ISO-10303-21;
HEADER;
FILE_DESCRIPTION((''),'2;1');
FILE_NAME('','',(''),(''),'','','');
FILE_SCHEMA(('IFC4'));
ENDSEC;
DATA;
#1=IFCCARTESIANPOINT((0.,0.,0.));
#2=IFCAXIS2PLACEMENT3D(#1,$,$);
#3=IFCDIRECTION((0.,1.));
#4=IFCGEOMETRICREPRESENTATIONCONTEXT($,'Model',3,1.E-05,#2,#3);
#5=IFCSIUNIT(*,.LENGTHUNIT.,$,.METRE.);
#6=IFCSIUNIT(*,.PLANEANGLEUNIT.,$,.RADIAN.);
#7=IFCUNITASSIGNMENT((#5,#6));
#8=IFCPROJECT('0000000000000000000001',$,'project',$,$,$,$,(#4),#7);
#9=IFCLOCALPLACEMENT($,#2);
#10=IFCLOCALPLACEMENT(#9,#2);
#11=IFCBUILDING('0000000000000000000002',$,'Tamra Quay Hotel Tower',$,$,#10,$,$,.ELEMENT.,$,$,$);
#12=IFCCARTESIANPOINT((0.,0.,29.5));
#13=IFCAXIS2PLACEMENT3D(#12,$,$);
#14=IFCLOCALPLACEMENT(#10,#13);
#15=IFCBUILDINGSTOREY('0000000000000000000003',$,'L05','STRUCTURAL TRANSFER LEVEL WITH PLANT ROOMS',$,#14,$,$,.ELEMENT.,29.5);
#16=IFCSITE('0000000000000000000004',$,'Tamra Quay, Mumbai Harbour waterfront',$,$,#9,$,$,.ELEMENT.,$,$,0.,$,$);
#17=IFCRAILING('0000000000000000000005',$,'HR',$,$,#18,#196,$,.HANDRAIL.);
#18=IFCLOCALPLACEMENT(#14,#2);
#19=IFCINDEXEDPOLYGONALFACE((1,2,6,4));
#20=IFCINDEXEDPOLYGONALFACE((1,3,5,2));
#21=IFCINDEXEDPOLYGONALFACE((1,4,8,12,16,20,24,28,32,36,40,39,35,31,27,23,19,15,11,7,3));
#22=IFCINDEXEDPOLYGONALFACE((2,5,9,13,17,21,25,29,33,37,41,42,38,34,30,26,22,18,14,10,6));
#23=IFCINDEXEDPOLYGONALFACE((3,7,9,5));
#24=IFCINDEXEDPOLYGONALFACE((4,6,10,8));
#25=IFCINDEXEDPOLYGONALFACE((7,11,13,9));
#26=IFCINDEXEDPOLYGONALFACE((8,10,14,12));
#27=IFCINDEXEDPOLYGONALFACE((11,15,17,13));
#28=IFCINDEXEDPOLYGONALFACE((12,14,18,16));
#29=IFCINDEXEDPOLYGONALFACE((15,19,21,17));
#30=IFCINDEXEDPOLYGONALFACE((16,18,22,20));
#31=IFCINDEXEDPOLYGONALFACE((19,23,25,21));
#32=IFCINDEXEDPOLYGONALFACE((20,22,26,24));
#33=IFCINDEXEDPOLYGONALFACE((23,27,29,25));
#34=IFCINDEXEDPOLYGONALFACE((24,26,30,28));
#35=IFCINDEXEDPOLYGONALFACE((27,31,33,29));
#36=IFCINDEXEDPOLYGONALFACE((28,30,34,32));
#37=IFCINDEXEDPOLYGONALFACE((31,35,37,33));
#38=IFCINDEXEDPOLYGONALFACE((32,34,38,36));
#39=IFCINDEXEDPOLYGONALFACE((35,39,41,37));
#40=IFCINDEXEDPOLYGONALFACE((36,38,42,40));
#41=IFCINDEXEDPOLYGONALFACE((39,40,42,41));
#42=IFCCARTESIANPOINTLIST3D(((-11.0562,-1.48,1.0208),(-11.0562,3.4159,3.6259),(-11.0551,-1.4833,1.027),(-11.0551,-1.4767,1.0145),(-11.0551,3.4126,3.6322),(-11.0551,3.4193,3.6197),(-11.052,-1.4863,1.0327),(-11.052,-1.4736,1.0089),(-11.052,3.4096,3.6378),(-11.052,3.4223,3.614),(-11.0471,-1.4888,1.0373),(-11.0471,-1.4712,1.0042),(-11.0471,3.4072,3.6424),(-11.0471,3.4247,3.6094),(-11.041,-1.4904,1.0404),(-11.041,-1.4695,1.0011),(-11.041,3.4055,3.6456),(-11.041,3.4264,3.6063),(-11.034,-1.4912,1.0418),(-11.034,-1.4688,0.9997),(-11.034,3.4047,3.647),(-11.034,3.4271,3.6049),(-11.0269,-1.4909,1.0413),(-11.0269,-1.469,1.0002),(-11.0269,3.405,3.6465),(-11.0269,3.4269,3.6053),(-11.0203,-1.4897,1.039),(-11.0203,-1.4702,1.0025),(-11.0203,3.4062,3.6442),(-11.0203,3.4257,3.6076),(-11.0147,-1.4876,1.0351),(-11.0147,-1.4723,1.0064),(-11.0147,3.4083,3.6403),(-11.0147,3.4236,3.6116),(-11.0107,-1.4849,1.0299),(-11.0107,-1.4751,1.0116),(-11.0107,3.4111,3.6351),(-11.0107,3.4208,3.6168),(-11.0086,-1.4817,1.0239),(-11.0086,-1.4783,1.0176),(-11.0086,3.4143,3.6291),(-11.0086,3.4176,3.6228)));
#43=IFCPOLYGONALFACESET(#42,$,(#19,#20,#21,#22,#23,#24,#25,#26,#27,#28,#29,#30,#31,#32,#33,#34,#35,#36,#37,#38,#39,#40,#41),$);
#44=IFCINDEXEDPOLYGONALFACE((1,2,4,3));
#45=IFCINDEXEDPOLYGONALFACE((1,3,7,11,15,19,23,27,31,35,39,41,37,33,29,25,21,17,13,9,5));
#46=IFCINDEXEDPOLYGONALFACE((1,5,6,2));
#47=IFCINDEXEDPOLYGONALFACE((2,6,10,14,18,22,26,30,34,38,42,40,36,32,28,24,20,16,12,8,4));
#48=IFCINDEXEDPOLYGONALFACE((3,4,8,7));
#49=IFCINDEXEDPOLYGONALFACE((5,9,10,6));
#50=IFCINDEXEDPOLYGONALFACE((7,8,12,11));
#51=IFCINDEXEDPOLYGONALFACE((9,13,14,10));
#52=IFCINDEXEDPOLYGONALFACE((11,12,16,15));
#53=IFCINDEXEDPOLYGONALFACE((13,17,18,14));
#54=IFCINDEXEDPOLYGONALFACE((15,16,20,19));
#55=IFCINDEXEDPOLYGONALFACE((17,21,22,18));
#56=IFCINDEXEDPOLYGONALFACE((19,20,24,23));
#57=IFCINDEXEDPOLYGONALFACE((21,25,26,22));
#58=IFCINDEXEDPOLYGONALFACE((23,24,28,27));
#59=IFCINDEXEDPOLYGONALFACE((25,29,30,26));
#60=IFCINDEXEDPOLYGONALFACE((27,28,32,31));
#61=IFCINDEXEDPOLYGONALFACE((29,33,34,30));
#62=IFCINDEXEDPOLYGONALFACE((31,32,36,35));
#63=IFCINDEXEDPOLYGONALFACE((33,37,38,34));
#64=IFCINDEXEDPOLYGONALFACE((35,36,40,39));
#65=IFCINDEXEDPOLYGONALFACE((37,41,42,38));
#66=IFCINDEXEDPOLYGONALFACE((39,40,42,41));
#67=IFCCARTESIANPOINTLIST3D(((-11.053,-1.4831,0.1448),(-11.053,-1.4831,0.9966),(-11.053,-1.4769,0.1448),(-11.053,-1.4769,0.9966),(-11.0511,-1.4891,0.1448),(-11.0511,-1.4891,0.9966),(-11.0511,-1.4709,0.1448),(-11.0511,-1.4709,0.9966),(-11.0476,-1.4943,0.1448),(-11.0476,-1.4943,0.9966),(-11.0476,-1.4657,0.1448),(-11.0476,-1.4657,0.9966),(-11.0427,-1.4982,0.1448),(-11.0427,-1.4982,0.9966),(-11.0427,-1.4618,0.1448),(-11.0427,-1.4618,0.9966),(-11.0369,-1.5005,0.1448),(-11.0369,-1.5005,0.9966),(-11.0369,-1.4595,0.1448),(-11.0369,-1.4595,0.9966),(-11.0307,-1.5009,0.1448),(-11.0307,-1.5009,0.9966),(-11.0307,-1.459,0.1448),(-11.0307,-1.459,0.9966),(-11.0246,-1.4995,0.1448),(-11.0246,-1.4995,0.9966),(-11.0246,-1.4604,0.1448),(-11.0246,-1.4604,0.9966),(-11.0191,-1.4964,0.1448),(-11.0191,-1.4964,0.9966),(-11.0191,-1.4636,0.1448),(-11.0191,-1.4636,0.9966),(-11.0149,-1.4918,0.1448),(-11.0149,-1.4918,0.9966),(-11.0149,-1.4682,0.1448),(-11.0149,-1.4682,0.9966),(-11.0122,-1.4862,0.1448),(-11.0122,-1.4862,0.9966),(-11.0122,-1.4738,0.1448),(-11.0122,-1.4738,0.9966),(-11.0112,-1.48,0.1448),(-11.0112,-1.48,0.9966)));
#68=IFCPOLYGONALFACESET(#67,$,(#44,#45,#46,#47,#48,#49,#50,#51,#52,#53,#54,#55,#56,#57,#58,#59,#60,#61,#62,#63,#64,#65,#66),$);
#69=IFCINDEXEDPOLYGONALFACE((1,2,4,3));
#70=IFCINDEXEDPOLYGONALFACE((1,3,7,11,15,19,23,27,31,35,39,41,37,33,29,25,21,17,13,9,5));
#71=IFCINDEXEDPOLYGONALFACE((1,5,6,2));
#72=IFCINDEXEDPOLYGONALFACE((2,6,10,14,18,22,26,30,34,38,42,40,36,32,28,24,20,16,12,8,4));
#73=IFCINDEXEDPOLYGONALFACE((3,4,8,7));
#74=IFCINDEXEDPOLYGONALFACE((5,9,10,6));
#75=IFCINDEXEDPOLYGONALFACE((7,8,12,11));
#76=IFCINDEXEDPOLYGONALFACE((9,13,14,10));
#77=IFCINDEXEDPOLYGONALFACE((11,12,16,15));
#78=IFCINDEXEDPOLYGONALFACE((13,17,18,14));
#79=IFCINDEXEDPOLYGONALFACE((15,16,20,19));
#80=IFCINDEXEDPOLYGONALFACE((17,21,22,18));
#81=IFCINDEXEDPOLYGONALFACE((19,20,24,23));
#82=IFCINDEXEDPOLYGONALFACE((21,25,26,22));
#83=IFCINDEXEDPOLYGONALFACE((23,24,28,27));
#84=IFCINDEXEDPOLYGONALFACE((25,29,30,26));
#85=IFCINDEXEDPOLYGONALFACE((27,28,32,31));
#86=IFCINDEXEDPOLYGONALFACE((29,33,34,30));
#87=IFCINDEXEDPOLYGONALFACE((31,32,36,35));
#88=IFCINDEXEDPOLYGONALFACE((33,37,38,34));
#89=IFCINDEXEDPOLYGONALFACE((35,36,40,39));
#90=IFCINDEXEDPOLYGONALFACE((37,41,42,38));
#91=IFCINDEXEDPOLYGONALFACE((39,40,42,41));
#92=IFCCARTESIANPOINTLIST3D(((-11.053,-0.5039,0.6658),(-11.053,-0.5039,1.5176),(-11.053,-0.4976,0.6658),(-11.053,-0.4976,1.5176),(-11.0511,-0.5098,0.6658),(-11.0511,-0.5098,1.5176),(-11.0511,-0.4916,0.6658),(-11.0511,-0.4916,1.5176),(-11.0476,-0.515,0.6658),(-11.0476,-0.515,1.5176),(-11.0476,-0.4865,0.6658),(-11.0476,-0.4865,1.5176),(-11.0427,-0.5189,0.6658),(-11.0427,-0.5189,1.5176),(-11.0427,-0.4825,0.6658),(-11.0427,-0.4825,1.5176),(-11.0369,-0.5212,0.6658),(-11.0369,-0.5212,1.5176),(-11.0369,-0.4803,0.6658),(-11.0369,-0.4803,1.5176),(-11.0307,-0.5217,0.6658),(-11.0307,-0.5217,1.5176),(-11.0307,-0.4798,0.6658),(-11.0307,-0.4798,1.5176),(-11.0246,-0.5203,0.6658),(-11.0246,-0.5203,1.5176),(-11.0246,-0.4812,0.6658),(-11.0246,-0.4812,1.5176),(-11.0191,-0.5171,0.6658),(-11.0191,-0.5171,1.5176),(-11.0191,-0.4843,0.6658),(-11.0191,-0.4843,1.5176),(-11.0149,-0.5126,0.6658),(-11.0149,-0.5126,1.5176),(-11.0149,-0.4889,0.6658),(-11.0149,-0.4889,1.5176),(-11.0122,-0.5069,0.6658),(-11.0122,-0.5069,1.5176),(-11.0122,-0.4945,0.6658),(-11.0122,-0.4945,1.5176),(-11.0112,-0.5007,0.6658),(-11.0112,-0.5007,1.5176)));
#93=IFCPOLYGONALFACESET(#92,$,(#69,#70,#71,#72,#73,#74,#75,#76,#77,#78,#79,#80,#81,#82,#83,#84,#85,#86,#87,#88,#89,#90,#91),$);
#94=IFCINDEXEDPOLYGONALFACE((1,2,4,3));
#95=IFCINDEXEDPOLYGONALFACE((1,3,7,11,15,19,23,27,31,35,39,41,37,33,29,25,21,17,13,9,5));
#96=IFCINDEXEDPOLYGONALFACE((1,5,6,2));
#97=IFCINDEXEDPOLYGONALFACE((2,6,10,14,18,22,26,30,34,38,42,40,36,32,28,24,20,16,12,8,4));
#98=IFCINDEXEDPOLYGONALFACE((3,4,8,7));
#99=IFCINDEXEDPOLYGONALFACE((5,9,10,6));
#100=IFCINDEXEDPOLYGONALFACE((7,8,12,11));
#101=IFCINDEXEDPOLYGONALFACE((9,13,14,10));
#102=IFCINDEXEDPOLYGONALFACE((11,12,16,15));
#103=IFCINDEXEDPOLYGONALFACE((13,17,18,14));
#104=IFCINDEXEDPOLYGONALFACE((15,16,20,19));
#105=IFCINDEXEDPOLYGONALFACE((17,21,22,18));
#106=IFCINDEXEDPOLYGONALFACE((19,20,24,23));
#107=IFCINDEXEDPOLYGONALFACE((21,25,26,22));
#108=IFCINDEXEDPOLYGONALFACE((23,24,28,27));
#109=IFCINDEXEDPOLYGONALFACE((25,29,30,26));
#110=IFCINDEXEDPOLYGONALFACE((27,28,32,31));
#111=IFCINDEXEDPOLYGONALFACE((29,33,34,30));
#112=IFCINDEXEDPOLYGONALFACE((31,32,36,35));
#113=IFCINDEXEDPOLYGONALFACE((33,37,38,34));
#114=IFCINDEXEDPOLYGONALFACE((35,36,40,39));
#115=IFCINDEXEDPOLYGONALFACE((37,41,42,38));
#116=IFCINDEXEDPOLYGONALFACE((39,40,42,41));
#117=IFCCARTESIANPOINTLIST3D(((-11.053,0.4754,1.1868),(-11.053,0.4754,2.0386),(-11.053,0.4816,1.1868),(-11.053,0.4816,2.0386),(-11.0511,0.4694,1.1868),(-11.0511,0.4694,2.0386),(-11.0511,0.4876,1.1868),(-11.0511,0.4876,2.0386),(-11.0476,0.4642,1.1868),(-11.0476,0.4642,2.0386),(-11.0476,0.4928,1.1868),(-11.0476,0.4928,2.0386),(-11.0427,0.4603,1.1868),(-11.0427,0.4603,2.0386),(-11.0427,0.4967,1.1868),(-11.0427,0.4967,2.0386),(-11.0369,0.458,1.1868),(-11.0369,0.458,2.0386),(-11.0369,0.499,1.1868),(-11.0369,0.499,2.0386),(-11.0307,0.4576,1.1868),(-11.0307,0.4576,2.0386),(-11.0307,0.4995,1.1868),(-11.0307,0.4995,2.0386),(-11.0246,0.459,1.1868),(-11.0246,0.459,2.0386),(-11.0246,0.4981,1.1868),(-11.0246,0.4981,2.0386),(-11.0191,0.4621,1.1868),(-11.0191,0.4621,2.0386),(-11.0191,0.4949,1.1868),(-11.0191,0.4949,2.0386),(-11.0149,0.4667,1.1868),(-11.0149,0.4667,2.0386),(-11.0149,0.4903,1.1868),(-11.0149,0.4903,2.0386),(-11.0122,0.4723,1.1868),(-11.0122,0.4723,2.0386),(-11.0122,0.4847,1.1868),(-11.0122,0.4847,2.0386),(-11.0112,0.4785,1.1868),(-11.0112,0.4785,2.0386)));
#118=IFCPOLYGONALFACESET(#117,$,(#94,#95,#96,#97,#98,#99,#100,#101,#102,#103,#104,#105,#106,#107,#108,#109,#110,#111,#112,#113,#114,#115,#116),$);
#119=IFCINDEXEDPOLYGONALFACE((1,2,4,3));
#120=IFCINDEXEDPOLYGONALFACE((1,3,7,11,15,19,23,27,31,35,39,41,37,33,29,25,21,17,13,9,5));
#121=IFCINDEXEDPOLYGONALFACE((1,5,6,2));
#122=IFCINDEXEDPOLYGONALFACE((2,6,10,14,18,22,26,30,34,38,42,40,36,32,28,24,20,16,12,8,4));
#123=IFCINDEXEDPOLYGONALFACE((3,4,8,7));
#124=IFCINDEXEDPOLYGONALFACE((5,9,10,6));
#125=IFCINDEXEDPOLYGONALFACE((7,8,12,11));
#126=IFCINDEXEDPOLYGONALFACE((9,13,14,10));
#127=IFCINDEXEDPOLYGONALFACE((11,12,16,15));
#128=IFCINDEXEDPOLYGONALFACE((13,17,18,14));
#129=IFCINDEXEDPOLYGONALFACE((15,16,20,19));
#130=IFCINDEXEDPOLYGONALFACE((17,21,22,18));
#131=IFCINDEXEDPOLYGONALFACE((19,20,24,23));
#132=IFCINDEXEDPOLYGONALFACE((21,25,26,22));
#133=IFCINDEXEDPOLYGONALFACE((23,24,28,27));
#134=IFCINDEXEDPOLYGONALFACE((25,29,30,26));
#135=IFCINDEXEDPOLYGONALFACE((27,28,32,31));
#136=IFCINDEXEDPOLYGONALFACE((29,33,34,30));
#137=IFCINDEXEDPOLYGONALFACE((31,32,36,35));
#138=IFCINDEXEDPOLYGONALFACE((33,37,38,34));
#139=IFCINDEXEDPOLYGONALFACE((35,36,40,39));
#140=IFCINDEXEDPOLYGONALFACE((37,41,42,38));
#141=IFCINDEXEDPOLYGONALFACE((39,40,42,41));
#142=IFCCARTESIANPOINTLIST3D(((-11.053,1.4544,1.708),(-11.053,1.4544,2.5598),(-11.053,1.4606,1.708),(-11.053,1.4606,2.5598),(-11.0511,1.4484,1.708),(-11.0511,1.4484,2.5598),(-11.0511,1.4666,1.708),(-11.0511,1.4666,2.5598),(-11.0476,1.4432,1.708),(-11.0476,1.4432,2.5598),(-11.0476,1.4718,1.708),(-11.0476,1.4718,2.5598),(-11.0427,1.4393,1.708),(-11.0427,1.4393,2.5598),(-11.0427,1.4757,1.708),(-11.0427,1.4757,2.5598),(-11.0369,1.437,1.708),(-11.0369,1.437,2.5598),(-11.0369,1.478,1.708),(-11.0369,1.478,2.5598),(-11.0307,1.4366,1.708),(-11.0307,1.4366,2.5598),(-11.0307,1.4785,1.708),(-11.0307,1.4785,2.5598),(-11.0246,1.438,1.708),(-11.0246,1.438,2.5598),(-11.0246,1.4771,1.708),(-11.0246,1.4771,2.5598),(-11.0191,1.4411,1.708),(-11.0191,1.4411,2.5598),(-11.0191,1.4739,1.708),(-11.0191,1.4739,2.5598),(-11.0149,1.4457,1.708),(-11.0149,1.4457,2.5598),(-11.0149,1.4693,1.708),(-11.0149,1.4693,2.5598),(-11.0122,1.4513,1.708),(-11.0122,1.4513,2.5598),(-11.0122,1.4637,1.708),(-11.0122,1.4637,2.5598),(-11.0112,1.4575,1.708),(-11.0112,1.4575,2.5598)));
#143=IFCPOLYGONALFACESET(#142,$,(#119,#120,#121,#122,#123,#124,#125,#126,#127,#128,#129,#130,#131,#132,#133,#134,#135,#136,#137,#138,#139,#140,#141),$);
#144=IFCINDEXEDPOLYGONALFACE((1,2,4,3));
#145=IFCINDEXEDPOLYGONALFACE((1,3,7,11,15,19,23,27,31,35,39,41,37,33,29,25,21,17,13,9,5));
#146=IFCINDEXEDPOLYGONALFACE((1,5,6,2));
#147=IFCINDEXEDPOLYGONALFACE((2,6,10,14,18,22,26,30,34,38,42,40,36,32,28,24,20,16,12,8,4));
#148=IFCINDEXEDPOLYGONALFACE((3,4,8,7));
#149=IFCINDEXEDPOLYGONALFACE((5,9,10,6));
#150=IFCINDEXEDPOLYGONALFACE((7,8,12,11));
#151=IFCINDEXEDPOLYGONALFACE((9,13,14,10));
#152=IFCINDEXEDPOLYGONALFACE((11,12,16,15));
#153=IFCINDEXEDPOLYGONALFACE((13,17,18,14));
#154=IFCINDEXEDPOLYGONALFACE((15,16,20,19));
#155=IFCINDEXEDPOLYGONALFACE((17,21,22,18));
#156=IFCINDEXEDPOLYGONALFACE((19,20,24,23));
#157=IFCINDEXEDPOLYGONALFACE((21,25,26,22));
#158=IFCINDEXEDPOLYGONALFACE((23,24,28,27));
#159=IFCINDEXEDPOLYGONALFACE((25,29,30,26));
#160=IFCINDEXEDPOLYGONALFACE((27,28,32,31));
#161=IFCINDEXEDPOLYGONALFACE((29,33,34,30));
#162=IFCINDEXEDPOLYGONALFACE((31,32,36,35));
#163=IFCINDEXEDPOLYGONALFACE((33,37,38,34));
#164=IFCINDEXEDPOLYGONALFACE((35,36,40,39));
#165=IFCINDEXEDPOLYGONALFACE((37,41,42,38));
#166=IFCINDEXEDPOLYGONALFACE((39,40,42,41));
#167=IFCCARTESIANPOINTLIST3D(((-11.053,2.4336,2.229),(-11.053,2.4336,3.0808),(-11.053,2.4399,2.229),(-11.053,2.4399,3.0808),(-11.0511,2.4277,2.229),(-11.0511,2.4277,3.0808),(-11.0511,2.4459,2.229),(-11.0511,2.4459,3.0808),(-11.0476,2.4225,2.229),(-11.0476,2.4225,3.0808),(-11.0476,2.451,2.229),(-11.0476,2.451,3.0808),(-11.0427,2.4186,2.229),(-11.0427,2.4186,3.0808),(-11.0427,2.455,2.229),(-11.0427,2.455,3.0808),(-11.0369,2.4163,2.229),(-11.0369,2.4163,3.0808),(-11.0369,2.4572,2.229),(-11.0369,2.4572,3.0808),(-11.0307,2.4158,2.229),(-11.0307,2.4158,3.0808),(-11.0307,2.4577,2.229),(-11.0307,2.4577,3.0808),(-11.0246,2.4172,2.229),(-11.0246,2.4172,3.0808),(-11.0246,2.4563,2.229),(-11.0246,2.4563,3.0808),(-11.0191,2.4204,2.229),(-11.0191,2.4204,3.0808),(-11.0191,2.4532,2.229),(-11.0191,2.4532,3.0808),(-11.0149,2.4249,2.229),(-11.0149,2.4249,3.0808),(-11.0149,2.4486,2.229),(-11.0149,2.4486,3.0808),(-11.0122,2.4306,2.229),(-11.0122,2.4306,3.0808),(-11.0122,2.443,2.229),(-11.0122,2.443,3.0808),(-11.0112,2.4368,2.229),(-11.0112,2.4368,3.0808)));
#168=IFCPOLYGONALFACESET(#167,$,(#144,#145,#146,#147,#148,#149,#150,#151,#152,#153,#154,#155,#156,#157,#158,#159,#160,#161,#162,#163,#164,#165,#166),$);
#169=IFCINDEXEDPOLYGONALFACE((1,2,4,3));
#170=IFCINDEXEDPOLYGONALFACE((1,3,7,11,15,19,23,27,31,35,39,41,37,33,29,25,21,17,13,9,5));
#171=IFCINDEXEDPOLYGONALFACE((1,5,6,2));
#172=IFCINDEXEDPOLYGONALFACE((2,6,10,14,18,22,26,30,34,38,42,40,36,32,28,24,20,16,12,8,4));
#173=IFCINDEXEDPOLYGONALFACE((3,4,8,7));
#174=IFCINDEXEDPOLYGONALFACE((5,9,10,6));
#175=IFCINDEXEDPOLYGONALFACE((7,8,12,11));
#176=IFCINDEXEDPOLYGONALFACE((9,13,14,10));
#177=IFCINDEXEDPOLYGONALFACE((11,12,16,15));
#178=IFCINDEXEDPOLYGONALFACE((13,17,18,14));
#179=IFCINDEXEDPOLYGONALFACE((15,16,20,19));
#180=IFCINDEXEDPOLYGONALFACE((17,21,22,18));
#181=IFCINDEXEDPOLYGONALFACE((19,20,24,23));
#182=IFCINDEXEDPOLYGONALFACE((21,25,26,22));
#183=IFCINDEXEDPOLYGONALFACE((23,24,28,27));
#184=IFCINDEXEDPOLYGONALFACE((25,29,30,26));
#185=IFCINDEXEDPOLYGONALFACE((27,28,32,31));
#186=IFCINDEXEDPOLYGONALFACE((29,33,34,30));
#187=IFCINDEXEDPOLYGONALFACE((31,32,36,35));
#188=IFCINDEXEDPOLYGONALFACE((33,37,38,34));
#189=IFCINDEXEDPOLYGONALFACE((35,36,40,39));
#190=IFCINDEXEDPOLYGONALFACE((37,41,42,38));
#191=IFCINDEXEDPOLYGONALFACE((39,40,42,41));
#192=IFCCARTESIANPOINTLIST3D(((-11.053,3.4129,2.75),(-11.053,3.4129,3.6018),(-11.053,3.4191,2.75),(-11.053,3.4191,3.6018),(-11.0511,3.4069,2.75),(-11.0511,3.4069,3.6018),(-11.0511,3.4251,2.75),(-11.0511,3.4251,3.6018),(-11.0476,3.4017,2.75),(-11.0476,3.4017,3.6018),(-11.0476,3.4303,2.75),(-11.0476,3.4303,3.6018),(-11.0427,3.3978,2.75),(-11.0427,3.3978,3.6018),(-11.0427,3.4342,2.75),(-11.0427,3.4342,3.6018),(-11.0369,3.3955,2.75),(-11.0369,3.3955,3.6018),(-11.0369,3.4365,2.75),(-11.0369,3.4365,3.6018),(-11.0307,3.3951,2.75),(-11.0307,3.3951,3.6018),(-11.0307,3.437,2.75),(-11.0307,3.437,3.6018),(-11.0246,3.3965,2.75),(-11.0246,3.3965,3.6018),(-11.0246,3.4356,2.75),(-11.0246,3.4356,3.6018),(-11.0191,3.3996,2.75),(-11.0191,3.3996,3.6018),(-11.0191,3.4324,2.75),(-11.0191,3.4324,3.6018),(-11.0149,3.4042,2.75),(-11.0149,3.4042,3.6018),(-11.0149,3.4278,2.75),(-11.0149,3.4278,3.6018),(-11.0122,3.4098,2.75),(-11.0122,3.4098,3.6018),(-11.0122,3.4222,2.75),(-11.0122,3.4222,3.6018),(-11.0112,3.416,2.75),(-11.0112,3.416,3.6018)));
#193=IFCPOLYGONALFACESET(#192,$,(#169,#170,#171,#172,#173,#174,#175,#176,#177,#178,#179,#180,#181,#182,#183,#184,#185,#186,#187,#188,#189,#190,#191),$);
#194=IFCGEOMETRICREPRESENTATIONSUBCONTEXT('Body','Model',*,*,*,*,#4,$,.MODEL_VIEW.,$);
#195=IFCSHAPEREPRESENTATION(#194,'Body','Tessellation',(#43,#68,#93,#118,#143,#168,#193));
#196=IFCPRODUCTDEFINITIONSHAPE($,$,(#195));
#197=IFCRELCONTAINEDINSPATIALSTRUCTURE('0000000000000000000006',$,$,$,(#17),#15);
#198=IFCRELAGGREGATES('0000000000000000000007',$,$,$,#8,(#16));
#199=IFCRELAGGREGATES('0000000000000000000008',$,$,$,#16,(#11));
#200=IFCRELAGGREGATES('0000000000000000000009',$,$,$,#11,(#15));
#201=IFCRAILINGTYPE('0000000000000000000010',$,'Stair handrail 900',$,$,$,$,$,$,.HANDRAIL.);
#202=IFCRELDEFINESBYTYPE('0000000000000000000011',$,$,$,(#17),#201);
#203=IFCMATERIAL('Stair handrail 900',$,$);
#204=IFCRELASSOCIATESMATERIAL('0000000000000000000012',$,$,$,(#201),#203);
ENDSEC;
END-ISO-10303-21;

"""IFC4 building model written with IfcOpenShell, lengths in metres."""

from ifc_helpers import new_model, si_unit, direction, frame, origin, origin_2d, place, context, subcontext, project, spatial, circle, extrude, material, type_object, element, save


model = new_model("IFC4")

# Units and contexts
model_context = context("Model", 3, precision=1e-05, world=origin(), true_north=direction((0.0, 1.0)))
body_context = subcontext(model_context, "Body", "Model", "MODEL_VIEW")
ifc_project = project(units=[si_unit("LENGTHUNIT", "METRE"), si_unit("PLANEANGLEUNIT", "RADIAN")], contexts=[model_context])

# Site, building, storey
site_placement = place(None, origin())
site = spatial("IfcSite", under=ifc_project, at=site_placement, Name="Tamra Quay, Mumbai Harbour waterfront", CompositionType="ELEMENT", RefElevation=0.0)
building_placement = place(site_placement, origin())
building = spatial("IfcBuilding", under=site, at=building_placement, Name="Tamra Quay Hotel Tower", CompositionType="ELEMENT")
storey_placement = place(building_placement, frame((0.0, 0.0, 29.5)))
storey = spatial("IfcBuildingStorey", under=building, at=storey_placement, Name="L05", Description="STRUCTURAL TRANSFER LEVEL WITH PLANT ROOMS", CompositionType="ELEMENT", Elevation=29.5)

# Railing
ifc_material_1 = material(Name="Stair handrail 900")
railing_type_1 = type_object("IfcRailingType", Name="Stair handrail 900", PredefinedType="HANDRAIL", material=ifc_material_1)
railing_1_placement = place(storey_placement, frame((-11.0322, -1.48, 0.1448)))
element("IfcRailing", 1, at=railing_1_placement, inside=storey, type_object=railing_type_1, Name="HR", PredefinedType="HANDRAIL", context=body_context, shape_type="SweptSolid", body=[
    extrude(circle(Radius=0.0239, at=origin_2d()), frame((0.0, 0.0, 0.876), z_axis=(0.0, 0.8828, 0.469749), x_axis=(-1.0, 0.0, 0.0)), (0.0, 0.0, 1.0), 5.5459),
    extrude(circle(Radius=0.021, at=origin_2d()), origin(), (0.0, 0.0, 1.0), 0.8518),
    extrude(circle(Radius=0.021, at=origin_2d()), frame((0.0, 0.9792, 0.521)), (0.0, 0.0, 1.0), 0.8518),
    extrude(circle(Radius=0.021, at=origin_2d()), frame((0.0, 1.9585, 1.042)), (0.0, 0.0, 1.0), 0.8518),
    extrude(circle(Radius=0.021, at=origin_2d()), frame((0.0, 2.9375, 1.5632)), (0.0, 0.0, 1.0), 0.8518),
    extrude(circle(Radius=0.021, at=origin_2d()), frame((0.0, 3.9167, 2.0842)), (0.0, 0.0, 1.0), 0.8518),
    extrude(circle(Radius=0.021, at=origin_2d()), frame((0.0, 4.896, 2.6052)), (0.0, 0.0, 1.0), 0.8518),
])

save(model, "model.ifc")
